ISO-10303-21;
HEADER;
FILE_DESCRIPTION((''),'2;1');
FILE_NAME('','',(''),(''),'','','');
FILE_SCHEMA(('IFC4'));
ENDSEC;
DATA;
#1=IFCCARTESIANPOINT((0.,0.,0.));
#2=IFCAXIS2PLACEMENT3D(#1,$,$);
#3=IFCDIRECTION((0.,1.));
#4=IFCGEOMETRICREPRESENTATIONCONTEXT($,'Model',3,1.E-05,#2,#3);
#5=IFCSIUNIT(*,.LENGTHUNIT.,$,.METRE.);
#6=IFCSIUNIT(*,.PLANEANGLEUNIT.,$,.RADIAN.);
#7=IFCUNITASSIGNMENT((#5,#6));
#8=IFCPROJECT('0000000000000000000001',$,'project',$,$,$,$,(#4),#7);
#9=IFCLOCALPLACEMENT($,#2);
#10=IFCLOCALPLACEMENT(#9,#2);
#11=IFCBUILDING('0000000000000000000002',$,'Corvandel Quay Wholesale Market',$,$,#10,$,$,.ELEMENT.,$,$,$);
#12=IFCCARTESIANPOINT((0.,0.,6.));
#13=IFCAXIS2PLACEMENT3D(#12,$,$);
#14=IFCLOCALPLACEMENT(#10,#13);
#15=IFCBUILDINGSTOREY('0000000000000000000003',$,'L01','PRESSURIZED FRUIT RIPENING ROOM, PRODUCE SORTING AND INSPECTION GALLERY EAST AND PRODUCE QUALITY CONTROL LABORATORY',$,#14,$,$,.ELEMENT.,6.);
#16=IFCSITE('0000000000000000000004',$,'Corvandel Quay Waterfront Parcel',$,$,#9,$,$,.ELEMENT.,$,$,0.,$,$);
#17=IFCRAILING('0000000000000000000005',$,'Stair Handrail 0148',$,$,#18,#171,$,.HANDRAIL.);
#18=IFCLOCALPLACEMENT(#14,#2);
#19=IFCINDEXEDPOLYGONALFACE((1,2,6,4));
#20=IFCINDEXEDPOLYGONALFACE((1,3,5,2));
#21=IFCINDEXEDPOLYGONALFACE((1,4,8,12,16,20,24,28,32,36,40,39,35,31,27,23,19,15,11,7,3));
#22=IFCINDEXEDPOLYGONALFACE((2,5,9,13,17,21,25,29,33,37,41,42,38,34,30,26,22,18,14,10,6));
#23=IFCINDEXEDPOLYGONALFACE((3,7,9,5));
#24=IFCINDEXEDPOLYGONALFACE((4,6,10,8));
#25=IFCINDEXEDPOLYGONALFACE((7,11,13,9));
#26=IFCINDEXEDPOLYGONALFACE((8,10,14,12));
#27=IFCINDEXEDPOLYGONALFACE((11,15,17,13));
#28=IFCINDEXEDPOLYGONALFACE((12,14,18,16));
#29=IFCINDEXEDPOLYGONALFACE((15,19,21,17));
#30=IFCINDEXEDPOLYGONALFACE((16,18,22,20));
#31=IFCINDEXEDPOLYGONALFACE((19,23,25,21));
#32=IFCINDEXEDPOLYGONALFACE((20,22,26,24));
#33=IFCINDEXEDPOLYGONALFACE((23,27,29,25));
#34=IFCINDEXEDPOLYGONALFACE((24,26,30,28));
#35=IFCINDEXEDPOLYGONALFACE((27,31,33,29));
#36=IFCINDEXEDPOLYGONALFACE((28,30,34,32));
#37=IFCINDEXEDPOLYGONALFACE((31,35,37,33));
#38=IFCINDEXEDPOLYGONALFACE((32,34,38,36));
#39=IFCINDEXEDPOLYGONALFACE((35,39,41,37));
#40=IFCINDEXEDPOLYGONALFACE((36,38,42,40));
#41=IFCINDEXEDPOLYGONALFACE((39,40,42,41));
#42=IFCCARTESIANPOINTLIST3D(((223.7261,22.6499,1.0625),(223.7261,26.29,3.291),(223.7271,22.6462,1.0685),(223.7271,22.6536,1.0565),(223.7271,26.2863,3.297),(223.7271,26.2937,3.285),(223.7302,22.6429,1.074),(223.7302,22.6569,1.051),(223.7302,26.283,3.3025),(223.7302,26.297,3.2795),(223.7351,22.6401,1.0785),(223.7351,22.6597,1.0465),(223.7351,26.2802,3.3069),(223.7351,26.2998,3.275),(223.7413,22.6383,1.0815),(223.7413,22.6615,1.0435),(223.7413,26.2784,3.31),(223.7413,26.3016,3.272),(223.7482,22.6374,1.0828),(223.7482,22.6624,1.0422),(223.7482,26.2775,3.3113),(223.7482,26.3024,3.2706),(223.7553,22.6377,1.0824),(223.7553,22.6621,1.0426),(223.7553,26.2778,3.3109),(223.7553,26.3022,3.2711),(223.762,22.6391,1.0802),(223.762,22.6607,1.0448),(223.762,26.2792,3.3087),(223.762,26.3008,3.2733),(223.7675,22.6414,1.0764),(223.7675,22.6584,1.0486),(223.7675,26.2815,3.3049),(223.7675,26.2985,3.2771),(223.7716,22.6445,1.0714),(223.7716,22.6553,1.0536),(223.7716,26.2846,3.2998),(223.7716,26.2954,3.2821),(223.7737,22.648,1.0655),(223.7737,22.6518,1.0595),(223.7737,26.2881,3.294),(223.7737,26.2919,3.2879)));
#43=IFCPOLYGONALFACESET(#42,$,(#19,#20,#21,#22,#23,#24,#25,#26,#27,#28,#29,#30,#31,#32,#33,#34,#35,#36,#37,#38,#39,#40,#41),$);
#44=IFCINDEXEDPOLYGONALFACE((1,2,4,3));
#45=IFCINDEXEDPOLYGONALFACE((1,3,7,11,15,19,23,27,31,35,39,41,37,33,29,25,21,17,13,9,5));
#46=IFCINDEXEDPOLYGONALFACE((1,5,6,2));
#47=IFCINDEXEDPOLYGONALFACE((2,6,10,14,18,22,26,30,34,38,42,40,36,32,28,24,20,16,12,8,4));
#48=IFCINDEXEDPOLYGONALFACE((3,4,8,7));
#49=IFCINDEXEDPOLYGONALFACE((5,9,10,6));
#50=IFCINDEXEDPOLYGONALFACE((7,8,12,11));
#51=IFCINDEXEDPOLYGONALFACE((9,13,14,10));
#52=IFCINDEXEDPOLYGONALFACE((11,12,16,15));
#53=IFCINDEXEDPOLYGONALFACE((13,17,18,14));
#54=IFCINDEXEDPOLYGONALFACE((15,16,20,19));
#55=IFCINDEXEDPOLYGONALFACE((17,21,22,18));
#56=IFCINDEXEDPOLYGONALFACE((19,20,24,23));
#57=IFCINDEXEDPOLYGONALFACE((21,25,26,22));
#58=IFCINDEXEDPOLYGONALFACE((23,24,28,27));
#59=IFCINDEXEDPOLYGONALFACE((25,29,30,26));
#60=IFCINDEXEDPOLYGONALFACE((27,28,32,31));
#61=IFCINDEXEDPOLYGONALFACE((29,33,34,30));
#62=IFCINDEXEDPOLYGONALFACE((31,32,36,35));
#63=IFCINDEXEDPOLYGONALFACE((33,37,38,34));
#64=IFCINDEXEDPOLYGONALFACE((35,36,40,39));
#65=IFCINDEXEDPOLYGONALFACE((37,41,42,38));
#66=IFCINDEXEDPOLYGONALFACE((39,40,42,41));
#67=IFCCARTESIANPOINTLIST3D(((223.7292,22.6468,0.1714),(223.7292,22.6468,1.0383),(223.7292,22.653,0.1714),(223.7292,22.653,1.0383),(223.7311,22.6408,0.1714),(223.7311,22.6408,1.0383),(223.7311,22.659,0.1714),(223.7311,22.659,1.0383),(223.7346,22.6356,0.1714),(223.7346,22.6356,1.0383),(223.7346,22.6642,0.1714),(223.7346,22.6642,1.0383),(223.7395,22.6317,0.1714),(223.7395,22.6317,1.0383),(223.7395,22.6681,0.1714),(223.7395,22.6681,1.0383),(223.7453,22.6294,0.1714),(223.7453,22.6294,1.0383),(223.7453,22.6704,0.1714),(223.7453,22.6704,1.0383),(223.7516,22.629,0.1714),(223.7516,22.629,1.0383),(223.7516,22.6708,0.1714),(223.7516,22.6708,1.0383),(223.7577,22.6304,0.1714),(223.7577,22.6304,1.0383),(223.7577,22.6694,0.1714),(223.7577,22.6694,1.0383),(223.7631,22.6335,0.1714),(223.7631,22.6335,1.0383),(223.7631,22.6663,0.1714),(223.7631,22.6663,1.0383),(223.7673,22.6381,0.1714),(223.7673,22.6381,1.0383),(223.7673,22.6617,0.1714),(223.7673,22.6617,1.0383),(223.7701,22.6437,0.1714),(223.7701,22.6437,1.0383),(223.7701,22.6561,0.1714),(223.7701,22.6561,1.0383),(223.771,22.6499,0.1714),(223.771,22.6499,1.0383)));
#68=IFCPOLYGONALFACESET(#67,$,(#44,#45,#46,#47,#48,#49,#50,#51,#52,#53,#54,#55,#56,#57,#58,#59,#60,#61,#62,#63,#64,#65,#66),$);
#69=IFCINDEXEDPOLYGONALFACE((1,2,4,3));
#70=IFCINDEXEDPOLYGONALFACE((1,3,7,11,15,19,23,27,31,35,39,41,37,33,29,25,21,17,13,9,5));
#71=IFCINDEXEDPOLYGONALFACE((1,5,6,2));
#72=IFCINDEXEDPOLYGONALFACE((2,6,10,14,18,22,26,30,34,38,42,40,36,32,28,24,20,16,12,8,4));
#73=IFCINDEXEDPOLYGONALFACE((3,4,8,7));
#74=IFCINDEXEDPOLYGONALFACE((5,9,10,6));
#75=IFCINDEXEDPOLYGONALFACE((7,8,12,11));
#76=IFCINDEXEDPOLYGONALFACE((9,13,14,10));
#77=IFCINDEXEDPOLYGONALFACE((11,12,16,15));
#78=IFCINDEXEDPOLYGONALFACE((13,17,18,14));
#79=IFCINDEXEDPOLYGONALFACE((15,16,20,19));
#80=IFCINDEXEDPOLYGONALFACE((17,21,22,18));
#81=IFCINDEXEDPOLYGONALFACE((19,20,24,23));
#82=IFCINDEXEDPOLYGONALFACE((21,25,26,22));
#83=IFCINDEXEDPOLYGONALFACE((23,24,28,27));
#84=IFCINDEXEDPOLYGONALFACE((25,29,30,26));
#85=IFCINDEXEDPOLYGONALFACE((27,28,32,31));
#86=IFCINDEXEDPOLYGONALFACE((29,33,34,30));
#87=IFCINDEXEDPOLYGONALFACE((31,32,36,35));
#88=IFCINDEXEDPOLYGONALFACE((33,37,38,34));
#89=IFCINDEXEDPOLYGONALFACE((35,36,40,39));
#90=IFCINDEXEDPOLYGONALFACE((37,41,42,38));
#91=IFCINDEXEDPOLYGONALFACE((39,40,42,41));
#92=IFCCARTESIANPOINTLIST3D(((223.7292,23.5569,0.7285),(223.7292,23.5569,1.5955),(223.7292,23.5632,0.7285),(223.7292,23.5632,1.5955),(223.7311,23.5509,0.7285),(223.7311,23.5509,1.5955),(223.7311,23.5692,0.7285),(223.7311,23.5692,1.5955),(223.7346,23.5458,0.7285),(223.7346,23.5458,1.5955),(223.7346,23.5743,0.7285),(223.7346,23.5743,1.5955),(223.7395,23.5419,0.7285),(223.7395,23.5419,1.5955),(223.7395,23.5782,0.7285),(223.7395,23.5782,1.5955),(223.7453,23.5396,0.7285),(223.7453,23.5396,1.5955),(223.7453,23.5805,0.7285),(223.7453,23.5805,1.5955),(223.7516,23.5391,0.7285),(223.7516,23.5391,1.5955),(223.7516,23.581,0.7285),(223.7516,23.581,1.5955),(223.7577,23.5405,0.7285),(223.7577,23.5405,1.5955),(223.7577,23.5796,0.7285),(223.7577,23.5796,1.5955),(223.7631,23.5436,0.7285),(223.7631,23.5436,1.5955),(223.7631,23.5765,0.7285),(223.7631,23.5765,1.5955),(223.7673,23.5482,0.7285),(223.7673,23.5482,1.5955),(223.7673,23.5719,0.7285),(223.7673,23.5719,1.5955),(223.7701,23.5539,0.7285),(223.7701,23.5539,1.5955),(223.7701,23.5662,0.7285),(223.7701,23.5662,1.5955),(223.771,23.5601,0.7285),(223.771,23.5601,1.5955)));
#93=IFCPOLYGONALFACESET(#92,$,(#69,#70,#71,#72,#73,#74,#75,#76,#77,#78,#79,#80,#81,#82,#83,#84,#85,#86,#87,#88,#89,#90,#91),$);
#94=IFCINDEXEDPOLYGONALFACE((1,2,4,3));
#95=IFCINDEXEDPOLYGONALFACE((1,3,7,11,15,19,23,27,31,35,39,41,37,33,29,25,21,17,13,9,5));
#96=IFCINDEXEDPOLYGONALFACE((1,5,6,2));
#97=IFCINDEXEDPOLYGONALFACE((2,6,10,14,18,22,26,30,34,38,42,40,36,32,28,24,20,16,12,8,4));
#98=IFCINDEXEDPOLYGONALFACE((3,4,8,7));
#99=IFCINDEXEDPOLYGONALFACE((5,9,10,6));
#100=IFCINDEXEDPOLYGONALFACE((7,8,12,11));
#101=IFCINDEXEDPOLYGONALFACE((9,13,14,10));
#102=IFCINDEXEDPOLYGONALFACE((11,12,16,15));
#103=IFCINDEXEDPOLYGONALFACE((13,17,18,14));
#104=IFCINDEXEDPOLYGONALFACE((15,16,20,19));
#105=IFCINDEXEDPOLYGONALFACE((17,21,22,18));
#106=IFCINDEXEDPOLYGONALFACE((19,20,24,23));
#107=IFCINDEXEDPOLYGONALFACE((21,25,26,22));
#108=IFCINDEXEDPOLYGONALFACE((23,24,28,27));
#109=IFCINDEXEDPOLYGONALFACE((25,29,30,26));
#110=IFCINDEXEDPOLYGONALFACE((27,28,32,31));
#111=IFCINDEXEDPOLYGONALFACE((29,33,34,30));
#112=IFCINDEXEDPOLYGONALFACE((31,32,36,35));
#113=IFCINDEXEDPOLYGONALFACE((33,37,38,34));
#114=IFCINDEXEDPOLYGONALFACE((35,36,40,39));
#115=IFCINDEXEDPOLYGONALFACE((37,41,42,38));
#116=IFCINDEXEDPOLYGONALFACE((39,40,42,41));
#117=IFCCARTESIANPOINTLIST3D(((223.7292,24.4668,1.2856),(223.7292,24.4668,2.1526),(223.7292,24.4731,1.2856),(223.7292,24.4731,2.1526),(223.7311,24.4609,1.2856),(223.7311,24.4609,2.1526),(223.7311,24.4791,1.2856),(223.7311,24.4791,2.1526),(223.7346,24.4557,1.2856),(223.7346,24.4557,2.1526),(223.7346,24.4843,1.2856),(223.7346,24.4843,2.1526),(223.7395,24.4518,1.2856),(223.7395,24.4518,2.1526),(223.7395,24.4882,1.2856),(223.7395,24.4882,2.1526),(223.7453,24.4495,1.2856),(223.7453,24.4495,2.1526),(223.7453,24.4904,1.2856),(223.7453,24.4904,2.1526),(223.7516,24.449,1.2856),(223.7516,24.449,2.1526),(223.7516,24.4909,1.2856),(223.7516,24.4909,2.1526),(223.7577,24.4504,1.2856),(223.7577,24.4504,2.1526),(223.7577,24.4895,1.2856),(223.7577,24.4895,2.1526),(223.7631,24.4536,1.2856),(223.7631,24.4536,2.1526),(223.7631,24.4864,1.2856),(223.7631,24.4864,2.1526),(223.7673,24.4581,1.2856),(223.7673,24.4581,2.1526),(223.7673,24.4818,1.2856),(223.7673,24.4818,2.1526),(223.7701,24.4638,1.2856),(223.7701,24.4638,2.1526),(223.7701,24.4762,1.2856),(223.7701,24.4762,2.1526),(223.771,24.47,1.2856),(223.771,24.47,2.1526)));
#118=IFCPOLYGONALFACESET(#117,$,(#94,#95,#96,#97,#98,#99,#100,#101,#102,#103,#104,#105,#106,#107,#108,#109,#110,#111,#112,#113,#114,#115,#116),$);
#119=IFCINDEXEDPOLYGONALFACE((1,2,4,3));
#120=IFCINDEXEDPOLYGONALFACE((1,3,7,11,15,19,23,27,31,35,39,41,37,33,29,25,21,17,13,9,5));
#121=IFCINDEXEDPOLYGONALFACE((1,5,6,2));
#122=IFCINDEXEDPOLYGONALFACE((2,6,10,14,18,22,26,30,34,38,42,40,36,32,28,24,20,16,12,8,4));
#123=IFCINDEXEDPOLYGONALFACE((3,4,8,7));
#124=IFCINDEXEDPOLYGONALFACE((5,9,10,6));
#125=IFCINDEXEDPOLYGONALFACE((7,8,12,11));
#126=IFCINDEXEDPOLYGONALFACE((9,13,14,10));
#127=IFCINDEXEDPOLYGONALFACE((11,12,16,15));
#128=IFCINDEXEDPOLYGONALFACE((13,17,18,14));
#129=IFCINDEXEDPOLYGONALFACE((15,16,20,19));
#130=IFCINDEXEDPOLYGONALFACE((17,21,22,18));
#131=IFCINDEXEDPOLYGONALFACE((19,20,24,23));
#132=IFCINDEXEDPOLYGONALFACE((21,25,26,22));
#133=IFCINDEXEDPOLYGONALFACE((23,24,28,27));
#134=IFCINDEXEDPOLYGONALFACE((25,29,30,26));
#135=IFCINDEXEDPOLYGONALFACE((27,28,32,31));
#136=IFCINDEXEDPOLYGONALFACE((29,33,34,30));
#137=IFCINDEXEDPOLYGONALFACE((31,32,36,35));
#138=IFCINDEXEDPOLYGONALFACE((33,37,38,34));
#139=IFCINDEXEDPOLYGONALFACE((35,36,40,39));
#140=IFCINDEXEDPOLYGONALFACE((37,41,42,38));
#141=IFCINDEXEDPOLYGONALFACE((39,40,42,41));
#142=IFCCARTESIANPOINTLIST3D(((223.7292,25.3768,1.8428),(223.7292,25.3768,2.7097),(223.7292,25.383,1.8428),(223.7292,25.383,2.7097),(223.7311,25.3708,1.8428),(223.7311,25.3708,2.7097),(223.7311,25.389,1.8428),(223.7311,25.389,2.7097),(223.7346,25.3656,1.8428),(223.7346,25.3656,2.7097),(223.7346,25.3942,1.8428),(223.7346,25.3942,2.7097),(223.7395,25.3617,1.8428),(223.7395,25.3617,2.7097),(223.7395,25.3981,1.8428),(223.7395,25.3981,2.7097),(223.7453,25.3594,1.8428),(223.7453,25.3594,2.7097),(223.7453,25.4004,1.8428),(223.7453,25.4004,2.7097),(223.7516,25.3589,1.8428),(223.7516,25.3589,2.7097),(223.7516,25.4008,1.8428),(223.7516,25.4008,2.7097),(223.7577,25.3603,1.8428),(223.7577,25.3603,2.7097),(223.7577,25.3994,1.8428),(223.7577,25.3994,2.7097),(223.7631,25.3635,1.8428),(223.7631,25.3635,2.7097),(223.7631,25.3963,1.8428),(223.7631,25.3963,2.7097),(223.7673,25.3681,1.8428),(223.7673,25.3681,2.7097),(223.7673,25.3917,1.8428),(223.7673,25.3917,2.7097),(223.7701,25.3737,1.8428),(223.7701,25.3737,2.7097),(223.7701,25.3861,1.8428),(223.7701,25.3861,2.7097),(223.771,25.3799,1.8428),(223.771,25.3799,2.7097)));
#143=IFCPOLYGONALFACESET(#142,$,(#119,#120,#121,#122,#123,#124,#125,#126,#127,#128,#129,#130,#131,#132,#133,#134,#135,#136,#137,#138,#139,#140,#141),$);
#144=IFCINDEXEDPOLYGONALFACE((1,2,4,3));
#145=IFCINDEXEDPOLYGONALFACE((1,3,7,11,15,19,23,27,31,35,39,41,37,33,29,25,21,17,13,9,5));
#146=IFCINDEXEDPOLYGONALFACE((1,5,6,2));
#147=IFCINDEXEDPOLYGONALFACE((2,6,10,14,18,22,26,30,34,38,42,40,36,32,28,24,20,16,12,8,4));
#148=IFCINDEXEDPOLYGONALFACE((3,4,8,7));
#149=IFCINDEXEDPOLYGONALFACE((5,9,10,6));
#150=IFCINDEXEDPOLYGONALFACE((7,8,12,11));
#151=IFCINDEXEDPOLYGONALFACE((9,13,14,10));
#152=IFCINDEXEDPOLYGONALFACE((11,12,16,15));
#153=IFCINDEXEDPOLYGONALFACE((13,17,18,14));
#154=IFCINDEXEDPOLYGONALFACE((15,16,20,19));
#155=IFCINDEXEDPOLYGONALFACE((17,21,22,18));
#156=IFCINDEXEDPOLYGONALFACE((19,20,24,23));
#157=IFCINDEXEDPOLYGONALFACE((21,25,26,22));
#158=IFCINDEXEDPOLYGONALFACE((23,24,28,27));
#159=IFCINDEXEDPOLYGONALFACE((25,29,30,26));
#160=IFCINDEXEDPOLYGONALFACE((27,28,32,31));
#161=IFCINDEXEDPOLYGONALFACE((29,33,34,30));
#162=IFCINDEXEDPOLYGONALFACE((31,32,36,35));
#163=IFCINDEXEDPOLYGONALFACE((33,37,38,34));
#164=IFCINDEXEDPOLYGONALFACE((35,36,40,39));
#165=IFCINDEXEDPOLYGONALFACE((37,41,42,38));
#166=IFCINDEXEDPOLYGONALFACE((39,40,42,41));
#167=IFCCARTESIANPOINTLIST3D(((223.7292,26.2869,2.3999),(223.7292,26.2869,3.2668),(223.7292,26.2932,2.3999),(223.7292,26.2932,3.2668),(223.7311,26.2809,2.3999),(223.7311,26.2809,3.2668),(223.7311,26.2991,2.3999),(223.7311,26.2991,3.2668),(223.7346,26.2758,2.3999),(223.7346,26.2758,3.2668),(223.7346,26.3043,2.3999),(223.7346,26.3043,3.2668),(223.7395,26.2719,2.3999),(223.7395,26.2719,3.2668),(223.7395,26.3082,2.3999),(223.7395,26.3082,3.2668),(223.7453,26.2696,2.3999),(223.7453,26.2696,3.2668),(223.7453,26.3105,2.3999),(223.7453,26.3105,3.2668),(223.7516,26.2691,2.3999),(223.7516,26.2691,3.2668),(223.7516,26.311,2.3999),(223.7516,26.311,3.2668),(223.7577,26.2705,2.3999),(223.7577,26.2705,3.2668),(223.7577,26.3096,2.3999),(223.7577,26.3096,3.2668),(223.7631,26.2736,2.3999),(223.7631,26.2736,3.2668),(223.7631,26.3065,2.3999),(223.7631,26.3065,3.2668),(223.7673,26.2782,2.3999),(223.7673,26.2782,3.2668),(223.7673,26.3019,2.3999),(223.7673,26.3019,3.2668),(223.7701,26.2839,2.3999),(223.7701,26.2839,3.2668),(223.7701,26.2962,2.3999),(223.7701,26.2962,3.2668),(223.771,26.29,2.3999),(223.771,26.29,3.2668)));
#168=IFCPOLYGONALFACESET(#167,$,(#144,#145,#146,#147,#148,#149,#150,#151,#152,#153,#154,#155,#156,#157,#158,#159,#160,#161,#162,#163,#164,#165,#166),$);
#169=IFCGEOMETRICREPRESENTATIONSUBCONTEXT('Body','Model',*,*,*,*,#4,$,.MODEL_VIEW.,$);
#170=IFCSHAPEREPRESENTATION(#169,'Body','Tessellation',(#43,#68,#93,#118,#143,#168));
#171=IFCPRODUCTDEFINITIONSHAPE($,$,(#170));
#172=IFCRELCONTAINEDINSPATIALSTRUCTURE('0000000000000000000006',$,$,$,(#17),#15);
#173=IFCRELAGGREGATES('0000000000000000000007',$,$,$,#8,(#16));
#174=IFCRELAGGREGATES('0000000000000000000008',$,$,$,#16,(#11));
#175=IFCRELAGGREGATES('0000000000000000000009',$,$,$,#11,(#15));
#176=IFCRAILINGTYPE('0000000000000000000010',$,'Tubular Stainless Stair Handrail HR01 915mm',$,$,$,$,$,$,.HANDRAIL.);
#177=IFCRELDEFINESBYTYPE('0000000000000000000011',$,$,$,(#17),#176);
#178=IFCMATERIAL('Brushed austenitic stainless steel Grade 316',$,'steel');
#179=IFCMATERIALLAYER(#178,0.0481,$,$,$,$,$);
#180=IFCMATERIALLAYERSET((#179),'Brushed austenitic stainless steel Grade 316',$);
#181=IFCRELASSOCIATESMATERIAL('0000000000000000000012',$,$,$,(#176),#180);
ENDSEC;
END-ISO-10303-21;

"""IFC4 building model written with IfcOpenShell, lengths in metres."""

from ifc_helpers import new_model, si_unit, direction, frame, origin, origin_2d, place, context, subcontext, project, spatial, circle, extrude, material, layer, layer_set, type_object, element, save


model = new_model("IFC4")

# Units and contexts
model_context = context("Model", 3, precision=1e-05, world=origin(), true_north=direction((0.0, 1.0)))
body_context = subcontext(model_context, "Body", "Model", "MODEL_VIEW")
ifc_project = project(units=[si_unit("LENGTHUNIT", "METRE"), si_unit("PLANEANGLEUNIT", "RADIAN")], contexts=[model_context])

# Site, building, storey
site_placement = place(None, origin())
site = spatial("IfcSite", under=ifc_project, at=site_placement, Name="Corvandel Quay Waterfront Parcel", CompositionType="ELEMENT", RefElevation=0.0)
building_placement = place(site_placement, origin())
building = spatial("IfcBuilding", under=site, at=building_placement, Name="Corvandel Quay Wholesale Market", CompositionType="ELEMENT")
storey_placement = place(building_placement, frame((0.0, 0.0, 6.0)))
storey = spatial("IfcBuildingStorey", under=building, at=storey_placement, Name="L01", Description="PRESSURIZED FRUIT RIPENING ROOM, PRODUCE SORTING AND INSPECTION GALLERY EAST AND PRODUCE QUALITY CONTROL LABORATORY", CompositionType="ELEMENT", Elevation=6.0)

# Railing
ifc_material_1 = material(Name="Brushed austenitic stainless steel Grade 316", Category="steel")
ifc_layer_1 = layer(ifc_material_1, 0.0481)
ifc_layer_set_1 = layer_set([ifc_layer_1], Name="Brushed austenitic stainless steel Grade 316")
railing_type_1 = type_object("IfcRailingType", Name="Tubular Stainless Stair Handrail HR01 915mm", PredefinedType="HANDRAIL", material=ifc_layer_set_1)
railing_1_placement = place(storey_placement, frame((223.75, 22.6499, 0.1714)))
element("IfcRailing", 1, at=railing_1_placement, inside=storey, type_object=railing_type_1, Name="Stair Handrail 0148", PredefinedType="HANDRAIL", context=body_context, shape_type="SweptSolid", body=[
    extrude(circle(Radius=0.0239, at=origin_2d()), frame((0.0, 0.0, 0.8911), z_axis=(0.0, 0.852866, 0.52213), x_axis=(-1.0, 0.0, 0.0)), (0.0, 0.0, 1.0), 4.2681),
    extrude(circle(Radius=0.021, at=origin_2d()), origin(), (0.0, 0.0, 1.0), 0.8669),
    extrude(circle(Radius=0.021, at=origin_2d()), frame((0.0, 0.9102, 0.5571)), (0.0, 0.0, 1.0), 0.8669),
    extrude(circle(Radius=0.021, at=origin_2d()), frame((0.0, 1.8201, 1.1143)), (0.0, 0.0, 1.0), 0.8669),
    extrude(circle(Radius=0.021, at=origin_2d()), frame((0.0, 2.73, 1.6714)), (0.0, 0.0, 1.0), 0.8669),
    extrude(circle(Radius=0.021, at=origin_2d()), frame((0.0, 3.6401, 2.2285)), (0.0, 0.0, 1.0), 0.8669),
])

save(model, "model.ifc")
